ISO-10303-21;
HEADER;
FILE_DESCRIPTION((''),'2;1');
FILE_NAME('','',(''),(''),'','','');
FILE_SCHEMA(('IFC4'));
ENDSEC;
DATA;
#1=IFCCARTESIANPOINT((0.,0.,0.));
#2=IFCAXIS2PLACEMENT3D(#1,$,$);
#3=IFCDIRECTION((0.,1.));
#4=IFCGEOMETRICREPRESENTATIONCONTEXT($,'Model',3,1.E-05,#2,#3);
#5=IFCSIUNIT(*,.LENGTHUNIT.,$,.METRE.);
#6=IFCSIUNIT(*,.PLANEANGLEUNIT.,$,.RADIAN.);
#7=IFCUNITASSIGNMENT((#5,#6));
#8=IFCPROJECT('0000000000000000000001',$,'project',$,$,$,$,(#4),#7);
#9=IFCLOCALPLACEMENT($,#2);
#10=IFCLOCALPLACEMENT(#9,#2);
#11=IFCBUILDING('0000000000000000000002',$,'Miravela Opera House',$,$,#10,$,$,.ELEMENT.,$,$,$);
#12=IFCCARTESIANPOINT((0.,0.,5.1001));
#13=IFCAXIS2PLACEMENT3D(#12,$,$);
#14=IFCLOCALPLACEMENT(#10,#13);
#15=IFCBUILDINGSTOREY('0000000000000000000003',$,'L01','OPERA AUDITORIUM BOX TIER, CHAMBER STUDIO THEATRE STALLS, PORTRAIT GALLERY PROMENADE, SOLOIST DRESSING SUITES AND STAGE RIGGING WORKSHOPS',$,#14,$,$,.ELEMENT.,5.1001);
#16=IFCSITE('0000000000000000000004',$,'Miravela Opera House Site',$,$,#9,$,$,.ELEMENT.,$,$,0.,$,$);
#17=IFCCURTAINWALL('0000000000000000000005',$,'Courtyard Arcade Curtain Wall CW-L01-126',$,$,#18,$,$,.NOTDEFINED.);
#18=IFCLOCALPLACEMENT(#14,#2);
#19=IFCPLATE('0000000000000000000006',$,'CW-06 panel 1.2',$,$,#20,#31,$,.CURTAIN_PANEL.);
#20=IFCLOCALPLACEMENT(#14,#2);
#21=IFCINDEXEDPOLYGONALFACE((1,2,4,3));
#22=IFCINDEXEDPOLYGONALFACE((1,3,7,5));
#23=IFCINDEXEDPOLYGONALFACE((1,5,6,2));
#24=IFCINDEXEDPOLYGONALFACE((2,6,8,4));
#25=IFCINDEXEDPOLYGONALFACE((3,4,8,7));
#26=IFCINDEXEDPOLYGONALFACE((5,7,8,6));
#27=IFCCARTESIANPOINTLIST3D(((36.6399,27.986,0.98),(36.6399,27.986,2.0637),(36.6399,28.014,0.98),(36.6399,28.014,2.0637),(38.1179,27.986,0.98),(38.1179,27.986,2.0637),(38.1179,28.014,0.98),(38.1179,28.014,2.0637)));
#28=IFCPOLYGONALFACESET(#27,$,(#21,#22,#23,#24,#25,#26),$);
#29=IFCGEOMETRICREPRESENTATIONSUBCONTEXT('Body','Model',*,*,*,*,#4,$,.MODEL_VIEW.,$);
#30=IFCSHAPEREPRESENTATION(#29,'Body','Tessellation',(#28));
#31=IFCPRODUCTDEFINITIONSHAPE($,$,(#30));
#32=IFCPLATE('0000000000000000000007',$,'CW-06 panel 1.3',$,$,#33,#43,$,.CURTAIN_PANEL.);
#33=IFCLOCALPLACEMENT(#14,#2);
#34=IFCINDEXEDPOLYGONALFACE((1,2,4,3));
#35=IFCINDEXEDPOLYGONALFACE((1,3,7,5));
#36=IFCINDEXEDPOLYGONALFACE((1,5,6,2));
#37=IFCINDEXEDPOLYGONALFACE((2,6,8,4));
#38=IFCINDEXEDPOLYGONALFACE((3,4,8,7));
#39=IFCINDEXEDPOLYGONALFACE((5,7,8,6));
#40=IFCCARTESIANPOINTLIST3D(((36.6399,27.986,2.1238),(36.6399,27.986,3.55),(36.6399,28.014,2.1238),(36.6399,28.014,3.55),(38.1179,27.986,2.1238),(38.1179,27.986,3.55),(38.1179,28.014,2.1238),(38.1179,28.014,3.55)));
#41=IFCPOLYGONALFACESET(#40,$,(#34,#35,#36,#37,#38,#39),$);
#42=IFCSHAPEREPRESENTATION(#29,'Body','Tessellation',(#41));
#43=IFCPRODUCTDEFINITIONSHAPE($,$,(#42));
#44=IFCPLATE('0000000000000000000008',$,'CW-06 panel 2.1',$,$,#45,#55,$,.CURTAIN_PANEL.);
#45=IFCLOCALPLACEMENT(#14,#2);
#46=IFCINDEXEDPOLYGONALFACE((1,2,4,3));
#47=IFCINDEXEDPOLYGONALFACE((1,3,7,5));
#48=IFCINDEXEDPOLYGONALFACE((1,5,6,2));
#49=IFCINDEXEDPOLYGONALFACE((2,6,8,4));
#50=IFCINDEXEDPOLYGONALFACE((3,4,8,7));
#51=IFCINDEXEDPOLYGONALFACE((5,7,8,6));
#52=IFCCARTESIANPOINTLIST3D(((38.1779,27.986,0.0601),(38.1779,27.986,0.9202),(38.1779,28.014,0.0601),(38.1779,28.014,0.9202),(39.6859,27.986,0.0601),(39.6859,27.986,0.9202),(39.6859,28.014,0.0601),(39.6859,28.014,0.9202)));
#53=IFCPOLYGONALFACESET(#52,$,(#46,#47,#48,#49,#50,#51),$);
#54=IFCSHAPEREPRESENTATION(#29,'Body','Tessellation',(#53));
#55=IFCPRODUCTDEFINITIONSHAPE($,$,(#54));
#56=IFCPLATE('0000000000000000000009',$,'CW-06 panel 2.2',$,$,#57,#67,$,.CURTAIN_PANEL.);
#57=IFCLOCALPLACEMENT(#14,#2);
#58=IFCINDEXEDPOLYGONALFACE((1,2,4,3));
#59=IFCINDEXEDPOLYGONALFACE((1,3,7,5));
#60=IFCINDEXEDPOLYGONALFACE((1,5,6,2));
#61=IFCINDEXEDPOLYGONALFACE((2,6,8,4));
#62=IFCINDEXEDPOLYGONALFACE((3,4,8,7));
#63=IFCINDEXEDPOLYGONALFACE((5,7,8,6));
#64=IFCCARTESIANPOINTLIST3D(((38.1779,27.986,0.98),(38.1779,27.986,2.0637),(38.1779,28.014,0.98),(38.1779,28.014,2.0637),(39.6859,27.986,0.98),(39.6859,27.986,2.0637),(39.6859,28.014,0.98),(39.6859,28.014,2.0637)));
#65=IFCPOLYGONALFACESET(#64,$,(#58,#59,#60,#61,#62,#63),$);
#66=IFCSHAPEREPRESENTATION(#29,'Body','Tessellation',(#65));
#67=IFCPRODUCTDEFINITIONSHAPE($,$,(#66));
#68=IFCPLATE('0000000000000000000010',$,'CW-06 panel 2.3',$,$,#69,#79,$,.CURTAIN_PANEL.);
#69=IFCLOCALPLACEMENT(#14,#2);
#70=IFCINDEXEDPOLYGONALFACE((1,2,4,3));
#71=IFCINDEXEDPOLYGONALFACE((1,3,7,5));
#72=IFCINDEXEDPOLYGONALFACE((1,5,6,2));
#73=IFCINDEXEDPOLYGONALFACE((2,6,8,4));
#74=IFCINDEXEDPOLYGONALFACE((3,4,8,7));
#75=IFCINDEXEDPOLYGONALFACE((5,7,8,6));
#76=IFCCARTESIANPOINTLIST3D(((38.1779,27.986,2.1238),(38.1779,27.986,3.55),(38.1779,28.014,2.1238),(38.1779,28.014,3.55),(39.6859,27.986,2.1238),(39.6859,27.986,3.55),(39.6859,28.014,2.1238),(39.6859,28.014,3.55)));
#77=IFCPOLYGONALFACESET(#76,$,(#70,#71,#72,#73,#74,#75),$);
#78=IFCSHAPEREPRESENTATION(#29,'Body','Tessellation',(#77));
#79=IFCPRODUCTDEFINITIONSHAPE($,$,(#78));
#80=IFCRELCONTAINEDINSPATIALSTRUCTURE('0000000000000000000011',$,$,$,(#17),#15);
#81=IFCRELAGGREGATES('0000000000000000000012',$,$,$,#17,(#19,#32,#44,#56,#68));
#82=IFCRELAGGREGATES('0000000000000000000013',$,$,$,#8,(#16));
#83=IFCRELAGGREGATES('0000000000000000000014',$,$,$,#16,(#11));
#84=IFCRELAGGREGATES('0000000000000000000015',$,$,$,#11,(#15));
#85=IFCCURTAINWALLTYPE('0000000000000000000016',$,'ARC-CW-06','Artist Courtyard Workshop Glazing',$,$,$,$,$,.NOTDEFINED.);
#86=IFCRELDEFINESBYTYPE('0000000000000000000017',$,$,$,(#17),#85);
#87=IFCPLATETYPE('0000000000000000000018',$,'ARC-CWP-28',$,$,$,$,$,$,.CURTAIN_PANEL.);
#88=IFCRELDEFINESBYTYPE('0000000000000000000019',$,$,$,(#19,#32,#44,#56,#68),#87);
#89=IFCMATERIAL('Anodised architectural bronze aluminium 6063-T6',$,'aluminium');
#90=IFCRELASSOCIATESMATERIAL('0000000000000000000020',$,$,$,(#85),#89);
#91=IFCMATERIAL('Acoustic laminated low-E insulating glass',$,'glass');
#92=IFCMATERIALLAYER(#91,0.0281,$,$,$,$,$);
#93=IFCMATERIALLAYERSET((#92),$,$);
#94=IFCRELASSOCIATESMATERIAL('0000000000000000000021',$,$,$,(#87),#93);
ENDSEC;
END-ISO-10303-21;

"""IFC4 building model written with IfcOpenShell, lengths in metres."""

from ifc_helpers import new_model, si_unit, direction, frame, origin, origin_2d, place, context, subcontext, project, spatial, rectangle, extrude, material, layer, layer_set, type_object, element, aggregate, save


model = new_model("IFC4")

# Units and contexts
model_context = context("Model", 3, precision=1e-05, world=origin(), true_north=direction((0.0, 1.0)))
body_context = subcontext(model_context, "Body", "Model", "MODEL_VIEW")
ifc_project = project(units=[si_unit("LENGTHUNIT", "METRE"), si_unit("PLANEANGLEUNIT", "RADIAN")], contexts=[model_context])

# Site, building, storey
site_placement = place(None, origin())
site = spatial("IfcSite", under=ifc_project, at=site_placement, Name="Miravela Opera House Site", CompositionType="ELEMENT", RefElevation=0.0)
building_placement = place(site_placement, origin())
building = spatial("IfcBuilding", under=site, at=building_placement, Name="Miravela Opera House", CompositionType="ELEMENT")
storey_placement = place(building_placement, frame((0.0, 0.0, 5.1001)))
storey = spatial("IfcBuildingStorey", under=building, at=storey_placement, Name="L01", Description="OPERA AUDITORIUM BOX TIER, CHAMBER STUDIO THEATRE STALLS, PORTRAIT GALLERY PROMENADE, SOLOIST DRESSING SUITES AND STAGE RIGGING WORKSHOPS", CompositionType="ELEMENT", Elevation=5.1001)

# Shared definitions
ifc_material_1 = material(Name="Anodised architectural bronze aluminium 6063-T6", Category="aluminium")
curtain_wall_type = type_object("IfcCurtainWallType", Name="ARC-CW-06", Description="Artist Courtyard Workshop Glazing", PredefinedType="NOTDEFINED", material=ifc_material_1)

# Curtain wall
curtain_wall_1_placement = place(storey_placement, origin())
curtain_wall_1 = element("IfcCurtainWall", 1, at=curtain_wall_1_placement, inside=storey, type_object=curtain_wall_type, Name="Courtyard Arcade Curtain Wall CW-L01-126", PredefinedType="NOTDEFINED")

# Plates
ifc_material_2 = material(Name="Acoustic laminated low-E insulating glass", Category="glass")
ifc_layer = layer(ifc_material_2, 0.0281)
ifc_layer_set = layer_set([ifc_layer])
plate_type = type_object("IfcPlateType", Name="ARC-CWP-28", PredefinedType="CURTAIN_PANEL", material=ifc_layer_set)
plate_1_placement = place(storey_placement, frame((37.3789, 28.0, 0.98), z_axis=(0.0, 0.0, 1.0), x_axis=(1.0, 0.0, 0.0)))
plate_1 = element("IfcPlate", 2, at=plate_1_placement, type_object=plate_type, Name="CW-06 panel 1.2", PredefinedType="CURTAIN_PANEL", context=body_context, shape_type="SweptSolid", body=[
    extrude(rectangle(XDim=1.478, YDim=0.0281, at=origin_2d()), origin(), (0.0, 0.0, 1.0), 1.0837),
])
plate_2_placement = place(storey_placement, frame((37.3789, 28.0, 2.1238), z_axis=(0.0, 0.0, 1.0), x_axis=(1.0, 0.0, 0.0)))
plate_2 = element("IfcPlate", 3, at=plate_2_placement, type_object=plate_type, Name="CW-06 panel 1.3", PredefinedType="CURTAIN_PANEL", context=body_context, shape_type="SweptSolid", body=[
    extrude(rectangle(XDim=1.478, YDim=0.0281, at=origin_2d()), origin(), (0.0, 0.0, 1.0), 1.4263),
])
plate_3_placement = place(storey_placement, frame((38.9319, 28.0, 0.0601), z_axis=(0.0, 0.0, 1.0), x_axis=(1.0, 0.0, 0.0)))
plate_3 = element("IfcPlate", 4, at=plate_3_placement, type_object=plate_type, Name="CW-06 panel 2.1", PredefinedType="CURTAIN_PANEL", context=body_context, shape_type="SweptSolid", body=[
    extrude(rectangle(XDim=1.5081, YDim=0.0281, at=origin_2d()), origin(), (0.0, 0.0, 1.0), 0.8601),
])
plate_4_placement = place(storey_placement, frame((38.9319, 28.0, 0.98), z_axis=(0.0, 0.0, 1.0), x_axis=(1.0, 0.0, 0.0)))
plate_4 = element("IfcPlate", 5, at=plate_4_placement, type_object=plate_type, Name="CW-06 panel 2.2", PredefinedType="CURTAIN_PANEL", context=body_context, shape_type="SweptSolid", body=[
    extrude(rectangle(XDim=1.5081, YDim=0.0281, at=origin_2d()), origin(), (0.0, 0.0, 1.0), 1.0837),
])
plate_5_placement = place(storey_placement, frame((38.9319, 28.0, 2.1238), z_axis=(0.0, 0.0, 1.0), x_axis=(1.0, 0.0, 0.0)))
plate_5 = element("IfcPlate", 6, at=plate_5_placement, type_object=plate_type, Name="CW-06 panel 2.3", PredefinedType="CURTAIN_PANEL", context=body_context, shape_type="SweptSolid", body=[
    extrude(rectangle(XDim=1.5081, YDim=0.0281, at=origin_2d()), origin(), (0.0, 0.0, 1.0), 1.4263),
])
aggregate(curtain_wall_1, [plate_1, plate_2, plate_3, plate_4, plate_5])

save(model, "model.ifc")
